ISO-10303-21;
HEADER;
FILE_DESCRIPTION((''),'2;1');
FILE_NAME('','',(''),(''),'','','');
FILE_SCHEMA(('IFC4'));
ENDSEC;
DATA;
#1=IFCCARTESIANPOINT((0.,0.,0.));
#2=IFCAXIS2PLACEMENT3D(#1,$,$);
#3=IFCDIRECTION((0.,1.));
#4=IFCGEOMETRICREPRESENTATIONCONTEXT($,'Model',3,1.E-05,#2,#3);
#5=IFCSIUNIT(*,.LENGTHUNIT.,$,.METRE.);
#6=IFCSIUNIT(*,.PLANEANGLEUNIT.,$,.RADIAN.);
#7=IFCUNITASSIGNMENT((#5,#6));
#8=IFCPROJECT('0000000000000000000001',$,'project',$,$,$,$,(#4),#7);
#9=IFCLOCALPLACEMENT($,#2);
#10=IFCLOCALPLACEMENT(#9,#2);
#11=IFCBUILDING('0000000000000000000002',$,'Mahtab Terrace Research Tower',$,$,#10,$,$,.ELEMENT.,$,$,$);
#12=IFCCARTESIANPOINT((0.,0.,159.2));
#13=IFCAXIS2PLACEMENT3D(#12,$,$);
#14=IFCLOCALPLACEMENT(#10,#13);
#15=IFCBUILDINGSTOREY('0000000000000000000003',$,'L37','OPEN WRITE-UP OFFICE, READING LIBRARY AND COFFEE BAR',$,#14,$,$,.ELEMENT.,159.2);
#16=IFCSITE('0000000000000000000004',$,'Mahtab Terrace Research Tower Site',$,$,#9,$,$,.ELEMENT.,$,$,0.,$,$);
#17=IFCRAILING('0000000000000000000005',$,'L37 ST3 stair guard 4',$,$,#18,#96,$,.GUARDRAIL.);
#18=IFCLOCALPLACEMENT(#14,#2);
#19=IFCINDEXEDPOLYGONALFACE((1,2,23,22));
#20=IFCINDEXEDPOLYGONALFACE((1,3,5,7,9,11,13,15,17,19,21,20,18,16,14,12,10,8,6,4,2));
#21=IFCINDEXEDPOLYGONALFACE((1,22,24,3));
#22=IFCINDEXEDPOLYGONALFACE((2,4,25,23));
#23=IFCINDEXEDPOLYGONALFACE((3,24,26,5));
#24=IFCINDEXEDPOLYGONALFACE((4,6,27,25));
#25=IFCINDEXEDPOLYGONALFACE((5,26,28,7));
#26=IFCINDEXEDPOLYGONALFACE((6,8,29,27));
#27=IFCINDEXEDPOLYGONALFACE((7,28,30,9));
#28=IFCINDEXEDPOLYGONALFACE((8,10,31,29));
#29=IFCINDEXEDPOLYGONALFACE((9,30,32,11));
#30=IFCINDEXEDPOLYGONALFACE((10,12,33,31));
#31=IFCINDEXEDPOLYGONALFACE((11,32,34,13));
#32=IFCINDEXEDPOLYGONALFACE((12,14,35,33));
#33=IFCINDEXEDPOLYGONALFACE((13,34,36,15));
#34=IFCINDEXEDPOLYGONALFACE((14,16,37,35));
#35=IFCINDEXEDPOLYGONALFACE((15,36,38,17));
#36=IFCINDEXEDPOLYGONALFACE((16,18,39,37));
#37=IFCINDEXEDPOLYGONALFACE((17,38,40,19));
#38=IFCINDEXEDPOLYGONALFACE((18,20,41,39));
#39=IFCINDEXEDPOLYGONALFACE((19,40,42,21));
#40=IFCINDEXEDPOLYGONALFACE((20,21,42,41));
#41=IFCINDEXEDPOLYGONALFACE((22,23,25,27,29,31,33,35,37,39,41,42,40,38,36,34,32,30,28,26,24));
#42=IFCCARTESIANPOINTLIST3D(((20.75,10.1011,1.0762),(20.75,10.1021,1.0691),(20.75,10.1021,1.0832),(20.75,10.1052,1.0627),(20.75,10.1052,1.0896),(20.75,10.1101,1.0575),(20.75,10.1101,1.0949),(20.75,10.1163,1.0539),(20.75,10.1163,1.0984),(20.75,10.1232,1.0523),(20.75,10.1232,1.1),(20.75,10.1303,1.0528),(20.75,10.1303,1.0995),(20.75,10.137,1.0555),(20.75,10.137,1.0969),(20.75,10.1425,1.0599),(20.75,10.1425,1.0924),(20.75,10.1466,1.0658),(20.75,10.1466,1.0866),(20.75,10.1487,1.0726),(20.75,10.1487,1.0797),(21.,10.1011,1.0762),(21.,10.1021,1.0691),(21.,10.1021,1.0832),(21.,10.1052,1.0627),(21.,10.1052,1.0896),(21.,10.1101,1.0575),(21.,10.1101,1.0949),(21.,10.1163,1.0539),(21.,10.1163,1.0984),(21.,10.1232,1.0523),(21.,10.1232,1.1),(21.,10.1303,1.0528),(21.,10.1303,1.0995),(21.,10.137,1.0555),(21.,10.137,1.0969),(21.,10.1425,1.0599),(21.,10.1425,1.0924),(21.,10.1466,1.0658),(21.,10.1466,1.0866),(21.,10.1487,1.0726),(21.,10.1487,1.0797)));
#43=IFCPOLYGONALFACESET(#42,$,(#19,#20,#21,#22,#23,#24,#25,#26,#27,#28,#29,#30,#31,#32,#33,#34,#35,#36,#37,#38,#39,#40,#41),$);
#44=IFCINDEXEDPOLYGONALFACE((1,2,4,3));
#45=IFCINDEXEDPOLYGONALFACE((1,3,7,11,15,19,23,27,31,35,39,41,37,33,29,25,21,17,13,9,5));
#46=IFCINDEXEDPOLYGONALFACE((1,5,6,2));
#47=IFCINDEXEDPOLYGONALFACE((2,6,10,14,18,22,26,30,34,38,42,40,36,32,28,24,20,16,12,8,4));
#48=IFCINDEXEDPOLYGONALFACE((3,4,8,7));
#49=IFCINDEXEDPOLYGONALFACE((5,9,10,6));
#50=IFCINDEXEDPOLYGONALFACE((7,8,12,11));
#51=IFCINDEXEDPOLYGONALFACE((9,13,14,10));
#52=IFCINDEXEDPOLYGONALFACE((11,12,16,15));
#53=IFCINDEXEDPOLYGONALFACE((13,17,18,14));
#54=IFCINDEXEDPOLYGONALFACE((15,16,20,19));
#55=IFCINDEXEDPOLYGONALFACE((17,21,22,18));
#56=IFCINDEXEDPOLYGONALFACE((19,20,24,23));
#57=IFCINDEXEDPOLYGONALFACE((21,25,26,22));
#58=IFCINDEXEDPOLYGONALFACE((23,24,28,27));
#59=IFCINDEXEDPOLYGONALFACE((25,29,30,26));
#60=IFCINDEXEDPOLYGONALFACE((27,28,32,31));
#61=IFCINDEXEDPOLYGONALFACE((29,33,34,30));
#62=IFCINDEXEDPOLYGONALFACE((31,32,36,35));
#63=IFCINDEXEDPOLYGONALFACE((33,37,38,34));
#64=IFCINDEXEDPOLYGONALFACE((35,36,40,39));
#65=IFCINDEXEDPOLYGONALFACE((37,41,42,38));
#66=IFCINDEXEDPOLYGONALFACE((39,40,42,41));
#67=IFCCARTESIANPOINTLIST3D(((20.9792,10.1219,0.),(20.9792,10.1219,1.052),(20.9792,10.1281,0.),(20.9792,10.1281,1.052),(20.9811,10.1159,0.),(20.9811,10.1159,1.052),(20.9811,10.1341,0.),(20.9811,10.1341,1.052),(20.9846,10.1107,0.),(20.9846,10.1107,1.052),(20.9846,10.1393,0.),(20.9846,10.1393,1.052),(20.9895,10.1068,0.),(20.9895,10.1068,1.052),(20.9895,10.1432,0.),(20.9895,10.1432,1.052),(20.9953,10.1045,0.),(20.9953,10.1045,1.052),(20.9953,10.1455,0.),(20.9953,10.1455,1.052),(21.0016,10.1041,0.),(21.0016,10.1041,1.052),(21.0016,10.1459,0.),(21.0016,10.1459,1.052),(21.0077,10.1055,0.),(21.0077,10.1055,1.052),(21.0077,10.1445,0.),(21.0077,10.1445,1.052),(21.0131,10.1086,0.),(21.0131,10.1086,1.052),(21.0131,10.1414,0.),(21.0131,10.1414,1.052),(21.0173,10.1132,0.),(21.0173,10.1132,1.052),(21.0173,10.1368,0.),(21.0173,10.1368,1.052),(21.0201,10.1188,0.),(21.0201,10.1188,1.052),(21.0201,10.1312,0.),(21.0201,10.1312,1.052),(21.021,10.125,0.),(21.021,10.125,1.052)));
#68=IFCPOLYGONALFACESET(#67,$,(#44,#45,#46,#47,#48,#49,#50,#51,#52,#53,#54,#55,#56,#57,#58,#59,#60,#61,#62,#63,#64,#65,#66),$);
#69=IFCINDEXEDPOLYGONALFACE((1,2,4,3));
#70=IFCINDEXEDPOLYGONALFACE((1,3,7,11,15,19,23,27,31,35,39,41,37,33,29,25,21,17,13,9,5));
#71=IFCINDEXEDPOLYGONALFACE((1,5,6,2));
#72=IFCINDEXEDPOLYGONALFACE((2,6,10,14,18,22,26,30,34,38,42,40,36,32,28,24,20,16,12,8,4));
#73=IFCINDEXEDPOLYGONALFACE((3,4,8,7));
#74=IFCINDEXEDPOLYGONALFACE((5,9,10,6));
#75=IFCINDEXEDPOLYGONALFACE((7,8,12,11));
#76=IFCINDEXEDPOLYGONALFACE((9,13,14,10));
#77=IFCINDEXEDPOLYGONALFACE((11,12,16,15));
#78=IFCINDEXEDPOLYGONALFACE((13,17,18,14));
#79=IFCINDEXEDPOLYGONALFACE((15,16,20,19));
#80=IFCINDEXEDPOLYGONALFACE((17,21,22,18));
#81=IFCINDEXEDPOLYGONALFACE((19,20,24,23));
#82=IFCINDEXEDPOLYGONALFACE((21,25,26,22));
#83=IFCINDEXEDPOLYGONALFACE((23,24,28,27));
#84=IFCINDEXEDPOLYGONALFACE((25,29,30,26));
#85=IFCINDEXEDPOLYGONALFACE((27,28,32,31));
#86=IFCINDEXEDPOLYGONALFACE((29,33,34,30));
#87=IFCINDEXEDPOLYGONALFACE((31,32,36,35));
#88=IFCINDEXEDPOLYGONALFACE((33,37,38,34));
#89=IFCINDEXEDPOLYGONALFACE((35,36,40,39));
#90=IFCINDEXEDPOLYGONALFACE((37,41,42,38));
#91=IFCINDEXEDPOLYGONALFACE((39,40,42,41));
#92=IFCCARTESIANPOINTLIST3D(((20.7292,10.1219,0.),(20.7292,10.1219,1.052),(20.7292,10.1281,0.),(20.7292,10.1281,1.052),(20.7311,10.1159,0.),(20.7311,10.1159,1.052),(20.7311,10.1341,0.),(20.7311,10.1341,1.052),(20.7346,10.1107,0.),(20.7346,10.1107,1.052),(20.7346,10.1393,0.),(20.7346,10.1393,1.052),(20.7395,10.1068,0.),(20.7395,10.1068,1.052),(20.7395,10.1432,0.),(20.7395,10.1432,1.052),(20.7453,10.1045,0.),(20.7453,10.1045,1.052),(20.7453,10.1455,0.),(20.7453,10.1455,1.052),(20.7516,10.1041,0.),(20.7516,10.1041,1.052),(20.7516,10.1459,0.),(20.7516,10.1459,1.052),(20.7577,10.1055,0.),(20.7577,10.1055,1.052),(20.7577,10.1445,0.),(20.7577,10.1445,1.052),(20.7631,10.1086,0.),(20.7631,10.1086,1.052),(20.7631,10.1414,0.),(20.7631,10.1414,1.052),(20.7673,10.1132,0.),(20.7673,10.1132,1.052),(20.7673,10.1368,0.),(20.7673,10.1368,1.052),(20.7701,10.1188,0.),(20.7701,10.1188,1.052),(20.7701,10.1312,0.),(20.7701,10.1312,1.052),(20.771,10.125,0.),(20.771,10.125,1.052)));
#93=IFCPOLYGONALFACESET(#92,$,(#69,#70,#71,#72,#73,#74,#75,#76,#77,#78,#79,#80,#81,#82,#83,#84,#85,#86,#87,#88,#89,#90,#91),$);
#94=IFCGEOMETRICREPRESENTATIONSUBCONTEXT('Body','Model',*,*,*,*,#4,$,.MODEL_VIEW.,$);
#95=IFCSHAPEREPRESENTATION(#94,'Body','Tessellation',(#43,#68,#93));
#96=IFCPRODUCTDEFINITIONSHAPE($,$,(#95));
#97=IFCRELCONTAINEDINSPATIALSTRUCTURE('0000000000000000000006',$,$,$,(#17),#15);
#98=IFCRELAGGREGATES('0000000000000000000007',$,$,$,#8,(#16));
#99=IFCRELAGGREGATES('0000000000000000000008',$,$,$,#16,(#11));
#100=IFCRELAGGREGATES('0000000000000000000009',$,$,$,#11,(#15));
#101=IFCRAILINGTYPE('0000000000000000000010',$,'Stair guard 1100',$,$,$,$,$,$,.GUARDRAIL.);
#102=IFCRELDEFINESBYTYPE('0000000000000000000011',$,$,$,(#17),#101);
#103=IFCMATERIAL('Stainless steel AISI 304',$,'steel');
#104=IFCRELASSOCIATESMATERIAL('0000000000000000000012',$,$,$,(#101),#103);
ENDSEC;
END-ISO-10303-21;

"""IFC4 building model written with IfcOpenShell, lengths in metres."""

from ifc_helpers import new_model, si_unit, direction, frame, origin, origin_2d, place, context, subcontext, project, spatial, circle, extrude, material, type_object, element, save


model = new_model("IFC4")

# Units and contexts
model_context = context("Model", 3, precision=1e-05, world=origin(), true_north=direction((0.0, 1.0)))
body_context = subcontext(model_context, "Body", "Model", "MODEL_VIEW")
ifc_project = project(units=[si_unit("LENGTHUNIT", "METRE"), si_unit("PLANEANGLEUNIT", "RADIAN")], contexts=[model_context])

# Site, building, storey
site_placement = place(None, origin())
site = spatial("IfcSite", under=ifc_project, at=site_placement, Name="Mahtab Terrace Research Tower Site", CompositionType="ELEMENT", RefElevation=0.0)
building_placement = place(site_placement, origin())
building = spatial("IfcBuilding", under=site, at=building_placement, Name="Mahtab Terrace Research Tower", CompositionType="ELEMENT")
storey_placement = place(building_placement, frame((0.0, 0.0, 159.2)))
storey = spatial("IfcBuildingStorey", under=building, at=storey_placement, Name="L37", Description="OPEN WRITE-UP OFFICE, READING LIBRARY AND COFFEE BAR", CompositionType="ELEMENT", Elevation=159.2)

# Railing
ifc_material_1 = material(Name="Stainless steel AISI 304", Category="steel")
railing_type_1 = type_object("IfcRailingType", Name="Stair guard 1100", PredefinedType="GUARDRAIL", material=ifc_material_1)
railing_1_placement = place(storey_placement, frame((21.0, 10.125, 0.0)))
element("IfcRailing", 1, at=railing_1_placement, inside=storey, type_object=railing_type_1, Name="L37 ST3 stair guard 4", PredefinedType="GUARDRAIL", context=body_context, shape_type="SweptSolid", body=[
    extrude(circle(Radius=0.0239, at=origin_2d()), frame((0.0, 0.0, 1.0762), z_axis=(-1.0, 0.0, 0.0), x_axis=(0.0, -1.0, 0.0)), (0.0, 0.0, 1.0), 0.25),
    extrude(circle(Radius=0.021, at=origin_2d()), origin(), (0.0, 0.0, 1.0), 1.052),
    extrude(circle(Radius=0.021, at=origin_2d()), frame((-0.25, 0.0, 0.0)), (0.0, 0.0, 1.0), 1.052),
])

save(model, "model.ifc")
